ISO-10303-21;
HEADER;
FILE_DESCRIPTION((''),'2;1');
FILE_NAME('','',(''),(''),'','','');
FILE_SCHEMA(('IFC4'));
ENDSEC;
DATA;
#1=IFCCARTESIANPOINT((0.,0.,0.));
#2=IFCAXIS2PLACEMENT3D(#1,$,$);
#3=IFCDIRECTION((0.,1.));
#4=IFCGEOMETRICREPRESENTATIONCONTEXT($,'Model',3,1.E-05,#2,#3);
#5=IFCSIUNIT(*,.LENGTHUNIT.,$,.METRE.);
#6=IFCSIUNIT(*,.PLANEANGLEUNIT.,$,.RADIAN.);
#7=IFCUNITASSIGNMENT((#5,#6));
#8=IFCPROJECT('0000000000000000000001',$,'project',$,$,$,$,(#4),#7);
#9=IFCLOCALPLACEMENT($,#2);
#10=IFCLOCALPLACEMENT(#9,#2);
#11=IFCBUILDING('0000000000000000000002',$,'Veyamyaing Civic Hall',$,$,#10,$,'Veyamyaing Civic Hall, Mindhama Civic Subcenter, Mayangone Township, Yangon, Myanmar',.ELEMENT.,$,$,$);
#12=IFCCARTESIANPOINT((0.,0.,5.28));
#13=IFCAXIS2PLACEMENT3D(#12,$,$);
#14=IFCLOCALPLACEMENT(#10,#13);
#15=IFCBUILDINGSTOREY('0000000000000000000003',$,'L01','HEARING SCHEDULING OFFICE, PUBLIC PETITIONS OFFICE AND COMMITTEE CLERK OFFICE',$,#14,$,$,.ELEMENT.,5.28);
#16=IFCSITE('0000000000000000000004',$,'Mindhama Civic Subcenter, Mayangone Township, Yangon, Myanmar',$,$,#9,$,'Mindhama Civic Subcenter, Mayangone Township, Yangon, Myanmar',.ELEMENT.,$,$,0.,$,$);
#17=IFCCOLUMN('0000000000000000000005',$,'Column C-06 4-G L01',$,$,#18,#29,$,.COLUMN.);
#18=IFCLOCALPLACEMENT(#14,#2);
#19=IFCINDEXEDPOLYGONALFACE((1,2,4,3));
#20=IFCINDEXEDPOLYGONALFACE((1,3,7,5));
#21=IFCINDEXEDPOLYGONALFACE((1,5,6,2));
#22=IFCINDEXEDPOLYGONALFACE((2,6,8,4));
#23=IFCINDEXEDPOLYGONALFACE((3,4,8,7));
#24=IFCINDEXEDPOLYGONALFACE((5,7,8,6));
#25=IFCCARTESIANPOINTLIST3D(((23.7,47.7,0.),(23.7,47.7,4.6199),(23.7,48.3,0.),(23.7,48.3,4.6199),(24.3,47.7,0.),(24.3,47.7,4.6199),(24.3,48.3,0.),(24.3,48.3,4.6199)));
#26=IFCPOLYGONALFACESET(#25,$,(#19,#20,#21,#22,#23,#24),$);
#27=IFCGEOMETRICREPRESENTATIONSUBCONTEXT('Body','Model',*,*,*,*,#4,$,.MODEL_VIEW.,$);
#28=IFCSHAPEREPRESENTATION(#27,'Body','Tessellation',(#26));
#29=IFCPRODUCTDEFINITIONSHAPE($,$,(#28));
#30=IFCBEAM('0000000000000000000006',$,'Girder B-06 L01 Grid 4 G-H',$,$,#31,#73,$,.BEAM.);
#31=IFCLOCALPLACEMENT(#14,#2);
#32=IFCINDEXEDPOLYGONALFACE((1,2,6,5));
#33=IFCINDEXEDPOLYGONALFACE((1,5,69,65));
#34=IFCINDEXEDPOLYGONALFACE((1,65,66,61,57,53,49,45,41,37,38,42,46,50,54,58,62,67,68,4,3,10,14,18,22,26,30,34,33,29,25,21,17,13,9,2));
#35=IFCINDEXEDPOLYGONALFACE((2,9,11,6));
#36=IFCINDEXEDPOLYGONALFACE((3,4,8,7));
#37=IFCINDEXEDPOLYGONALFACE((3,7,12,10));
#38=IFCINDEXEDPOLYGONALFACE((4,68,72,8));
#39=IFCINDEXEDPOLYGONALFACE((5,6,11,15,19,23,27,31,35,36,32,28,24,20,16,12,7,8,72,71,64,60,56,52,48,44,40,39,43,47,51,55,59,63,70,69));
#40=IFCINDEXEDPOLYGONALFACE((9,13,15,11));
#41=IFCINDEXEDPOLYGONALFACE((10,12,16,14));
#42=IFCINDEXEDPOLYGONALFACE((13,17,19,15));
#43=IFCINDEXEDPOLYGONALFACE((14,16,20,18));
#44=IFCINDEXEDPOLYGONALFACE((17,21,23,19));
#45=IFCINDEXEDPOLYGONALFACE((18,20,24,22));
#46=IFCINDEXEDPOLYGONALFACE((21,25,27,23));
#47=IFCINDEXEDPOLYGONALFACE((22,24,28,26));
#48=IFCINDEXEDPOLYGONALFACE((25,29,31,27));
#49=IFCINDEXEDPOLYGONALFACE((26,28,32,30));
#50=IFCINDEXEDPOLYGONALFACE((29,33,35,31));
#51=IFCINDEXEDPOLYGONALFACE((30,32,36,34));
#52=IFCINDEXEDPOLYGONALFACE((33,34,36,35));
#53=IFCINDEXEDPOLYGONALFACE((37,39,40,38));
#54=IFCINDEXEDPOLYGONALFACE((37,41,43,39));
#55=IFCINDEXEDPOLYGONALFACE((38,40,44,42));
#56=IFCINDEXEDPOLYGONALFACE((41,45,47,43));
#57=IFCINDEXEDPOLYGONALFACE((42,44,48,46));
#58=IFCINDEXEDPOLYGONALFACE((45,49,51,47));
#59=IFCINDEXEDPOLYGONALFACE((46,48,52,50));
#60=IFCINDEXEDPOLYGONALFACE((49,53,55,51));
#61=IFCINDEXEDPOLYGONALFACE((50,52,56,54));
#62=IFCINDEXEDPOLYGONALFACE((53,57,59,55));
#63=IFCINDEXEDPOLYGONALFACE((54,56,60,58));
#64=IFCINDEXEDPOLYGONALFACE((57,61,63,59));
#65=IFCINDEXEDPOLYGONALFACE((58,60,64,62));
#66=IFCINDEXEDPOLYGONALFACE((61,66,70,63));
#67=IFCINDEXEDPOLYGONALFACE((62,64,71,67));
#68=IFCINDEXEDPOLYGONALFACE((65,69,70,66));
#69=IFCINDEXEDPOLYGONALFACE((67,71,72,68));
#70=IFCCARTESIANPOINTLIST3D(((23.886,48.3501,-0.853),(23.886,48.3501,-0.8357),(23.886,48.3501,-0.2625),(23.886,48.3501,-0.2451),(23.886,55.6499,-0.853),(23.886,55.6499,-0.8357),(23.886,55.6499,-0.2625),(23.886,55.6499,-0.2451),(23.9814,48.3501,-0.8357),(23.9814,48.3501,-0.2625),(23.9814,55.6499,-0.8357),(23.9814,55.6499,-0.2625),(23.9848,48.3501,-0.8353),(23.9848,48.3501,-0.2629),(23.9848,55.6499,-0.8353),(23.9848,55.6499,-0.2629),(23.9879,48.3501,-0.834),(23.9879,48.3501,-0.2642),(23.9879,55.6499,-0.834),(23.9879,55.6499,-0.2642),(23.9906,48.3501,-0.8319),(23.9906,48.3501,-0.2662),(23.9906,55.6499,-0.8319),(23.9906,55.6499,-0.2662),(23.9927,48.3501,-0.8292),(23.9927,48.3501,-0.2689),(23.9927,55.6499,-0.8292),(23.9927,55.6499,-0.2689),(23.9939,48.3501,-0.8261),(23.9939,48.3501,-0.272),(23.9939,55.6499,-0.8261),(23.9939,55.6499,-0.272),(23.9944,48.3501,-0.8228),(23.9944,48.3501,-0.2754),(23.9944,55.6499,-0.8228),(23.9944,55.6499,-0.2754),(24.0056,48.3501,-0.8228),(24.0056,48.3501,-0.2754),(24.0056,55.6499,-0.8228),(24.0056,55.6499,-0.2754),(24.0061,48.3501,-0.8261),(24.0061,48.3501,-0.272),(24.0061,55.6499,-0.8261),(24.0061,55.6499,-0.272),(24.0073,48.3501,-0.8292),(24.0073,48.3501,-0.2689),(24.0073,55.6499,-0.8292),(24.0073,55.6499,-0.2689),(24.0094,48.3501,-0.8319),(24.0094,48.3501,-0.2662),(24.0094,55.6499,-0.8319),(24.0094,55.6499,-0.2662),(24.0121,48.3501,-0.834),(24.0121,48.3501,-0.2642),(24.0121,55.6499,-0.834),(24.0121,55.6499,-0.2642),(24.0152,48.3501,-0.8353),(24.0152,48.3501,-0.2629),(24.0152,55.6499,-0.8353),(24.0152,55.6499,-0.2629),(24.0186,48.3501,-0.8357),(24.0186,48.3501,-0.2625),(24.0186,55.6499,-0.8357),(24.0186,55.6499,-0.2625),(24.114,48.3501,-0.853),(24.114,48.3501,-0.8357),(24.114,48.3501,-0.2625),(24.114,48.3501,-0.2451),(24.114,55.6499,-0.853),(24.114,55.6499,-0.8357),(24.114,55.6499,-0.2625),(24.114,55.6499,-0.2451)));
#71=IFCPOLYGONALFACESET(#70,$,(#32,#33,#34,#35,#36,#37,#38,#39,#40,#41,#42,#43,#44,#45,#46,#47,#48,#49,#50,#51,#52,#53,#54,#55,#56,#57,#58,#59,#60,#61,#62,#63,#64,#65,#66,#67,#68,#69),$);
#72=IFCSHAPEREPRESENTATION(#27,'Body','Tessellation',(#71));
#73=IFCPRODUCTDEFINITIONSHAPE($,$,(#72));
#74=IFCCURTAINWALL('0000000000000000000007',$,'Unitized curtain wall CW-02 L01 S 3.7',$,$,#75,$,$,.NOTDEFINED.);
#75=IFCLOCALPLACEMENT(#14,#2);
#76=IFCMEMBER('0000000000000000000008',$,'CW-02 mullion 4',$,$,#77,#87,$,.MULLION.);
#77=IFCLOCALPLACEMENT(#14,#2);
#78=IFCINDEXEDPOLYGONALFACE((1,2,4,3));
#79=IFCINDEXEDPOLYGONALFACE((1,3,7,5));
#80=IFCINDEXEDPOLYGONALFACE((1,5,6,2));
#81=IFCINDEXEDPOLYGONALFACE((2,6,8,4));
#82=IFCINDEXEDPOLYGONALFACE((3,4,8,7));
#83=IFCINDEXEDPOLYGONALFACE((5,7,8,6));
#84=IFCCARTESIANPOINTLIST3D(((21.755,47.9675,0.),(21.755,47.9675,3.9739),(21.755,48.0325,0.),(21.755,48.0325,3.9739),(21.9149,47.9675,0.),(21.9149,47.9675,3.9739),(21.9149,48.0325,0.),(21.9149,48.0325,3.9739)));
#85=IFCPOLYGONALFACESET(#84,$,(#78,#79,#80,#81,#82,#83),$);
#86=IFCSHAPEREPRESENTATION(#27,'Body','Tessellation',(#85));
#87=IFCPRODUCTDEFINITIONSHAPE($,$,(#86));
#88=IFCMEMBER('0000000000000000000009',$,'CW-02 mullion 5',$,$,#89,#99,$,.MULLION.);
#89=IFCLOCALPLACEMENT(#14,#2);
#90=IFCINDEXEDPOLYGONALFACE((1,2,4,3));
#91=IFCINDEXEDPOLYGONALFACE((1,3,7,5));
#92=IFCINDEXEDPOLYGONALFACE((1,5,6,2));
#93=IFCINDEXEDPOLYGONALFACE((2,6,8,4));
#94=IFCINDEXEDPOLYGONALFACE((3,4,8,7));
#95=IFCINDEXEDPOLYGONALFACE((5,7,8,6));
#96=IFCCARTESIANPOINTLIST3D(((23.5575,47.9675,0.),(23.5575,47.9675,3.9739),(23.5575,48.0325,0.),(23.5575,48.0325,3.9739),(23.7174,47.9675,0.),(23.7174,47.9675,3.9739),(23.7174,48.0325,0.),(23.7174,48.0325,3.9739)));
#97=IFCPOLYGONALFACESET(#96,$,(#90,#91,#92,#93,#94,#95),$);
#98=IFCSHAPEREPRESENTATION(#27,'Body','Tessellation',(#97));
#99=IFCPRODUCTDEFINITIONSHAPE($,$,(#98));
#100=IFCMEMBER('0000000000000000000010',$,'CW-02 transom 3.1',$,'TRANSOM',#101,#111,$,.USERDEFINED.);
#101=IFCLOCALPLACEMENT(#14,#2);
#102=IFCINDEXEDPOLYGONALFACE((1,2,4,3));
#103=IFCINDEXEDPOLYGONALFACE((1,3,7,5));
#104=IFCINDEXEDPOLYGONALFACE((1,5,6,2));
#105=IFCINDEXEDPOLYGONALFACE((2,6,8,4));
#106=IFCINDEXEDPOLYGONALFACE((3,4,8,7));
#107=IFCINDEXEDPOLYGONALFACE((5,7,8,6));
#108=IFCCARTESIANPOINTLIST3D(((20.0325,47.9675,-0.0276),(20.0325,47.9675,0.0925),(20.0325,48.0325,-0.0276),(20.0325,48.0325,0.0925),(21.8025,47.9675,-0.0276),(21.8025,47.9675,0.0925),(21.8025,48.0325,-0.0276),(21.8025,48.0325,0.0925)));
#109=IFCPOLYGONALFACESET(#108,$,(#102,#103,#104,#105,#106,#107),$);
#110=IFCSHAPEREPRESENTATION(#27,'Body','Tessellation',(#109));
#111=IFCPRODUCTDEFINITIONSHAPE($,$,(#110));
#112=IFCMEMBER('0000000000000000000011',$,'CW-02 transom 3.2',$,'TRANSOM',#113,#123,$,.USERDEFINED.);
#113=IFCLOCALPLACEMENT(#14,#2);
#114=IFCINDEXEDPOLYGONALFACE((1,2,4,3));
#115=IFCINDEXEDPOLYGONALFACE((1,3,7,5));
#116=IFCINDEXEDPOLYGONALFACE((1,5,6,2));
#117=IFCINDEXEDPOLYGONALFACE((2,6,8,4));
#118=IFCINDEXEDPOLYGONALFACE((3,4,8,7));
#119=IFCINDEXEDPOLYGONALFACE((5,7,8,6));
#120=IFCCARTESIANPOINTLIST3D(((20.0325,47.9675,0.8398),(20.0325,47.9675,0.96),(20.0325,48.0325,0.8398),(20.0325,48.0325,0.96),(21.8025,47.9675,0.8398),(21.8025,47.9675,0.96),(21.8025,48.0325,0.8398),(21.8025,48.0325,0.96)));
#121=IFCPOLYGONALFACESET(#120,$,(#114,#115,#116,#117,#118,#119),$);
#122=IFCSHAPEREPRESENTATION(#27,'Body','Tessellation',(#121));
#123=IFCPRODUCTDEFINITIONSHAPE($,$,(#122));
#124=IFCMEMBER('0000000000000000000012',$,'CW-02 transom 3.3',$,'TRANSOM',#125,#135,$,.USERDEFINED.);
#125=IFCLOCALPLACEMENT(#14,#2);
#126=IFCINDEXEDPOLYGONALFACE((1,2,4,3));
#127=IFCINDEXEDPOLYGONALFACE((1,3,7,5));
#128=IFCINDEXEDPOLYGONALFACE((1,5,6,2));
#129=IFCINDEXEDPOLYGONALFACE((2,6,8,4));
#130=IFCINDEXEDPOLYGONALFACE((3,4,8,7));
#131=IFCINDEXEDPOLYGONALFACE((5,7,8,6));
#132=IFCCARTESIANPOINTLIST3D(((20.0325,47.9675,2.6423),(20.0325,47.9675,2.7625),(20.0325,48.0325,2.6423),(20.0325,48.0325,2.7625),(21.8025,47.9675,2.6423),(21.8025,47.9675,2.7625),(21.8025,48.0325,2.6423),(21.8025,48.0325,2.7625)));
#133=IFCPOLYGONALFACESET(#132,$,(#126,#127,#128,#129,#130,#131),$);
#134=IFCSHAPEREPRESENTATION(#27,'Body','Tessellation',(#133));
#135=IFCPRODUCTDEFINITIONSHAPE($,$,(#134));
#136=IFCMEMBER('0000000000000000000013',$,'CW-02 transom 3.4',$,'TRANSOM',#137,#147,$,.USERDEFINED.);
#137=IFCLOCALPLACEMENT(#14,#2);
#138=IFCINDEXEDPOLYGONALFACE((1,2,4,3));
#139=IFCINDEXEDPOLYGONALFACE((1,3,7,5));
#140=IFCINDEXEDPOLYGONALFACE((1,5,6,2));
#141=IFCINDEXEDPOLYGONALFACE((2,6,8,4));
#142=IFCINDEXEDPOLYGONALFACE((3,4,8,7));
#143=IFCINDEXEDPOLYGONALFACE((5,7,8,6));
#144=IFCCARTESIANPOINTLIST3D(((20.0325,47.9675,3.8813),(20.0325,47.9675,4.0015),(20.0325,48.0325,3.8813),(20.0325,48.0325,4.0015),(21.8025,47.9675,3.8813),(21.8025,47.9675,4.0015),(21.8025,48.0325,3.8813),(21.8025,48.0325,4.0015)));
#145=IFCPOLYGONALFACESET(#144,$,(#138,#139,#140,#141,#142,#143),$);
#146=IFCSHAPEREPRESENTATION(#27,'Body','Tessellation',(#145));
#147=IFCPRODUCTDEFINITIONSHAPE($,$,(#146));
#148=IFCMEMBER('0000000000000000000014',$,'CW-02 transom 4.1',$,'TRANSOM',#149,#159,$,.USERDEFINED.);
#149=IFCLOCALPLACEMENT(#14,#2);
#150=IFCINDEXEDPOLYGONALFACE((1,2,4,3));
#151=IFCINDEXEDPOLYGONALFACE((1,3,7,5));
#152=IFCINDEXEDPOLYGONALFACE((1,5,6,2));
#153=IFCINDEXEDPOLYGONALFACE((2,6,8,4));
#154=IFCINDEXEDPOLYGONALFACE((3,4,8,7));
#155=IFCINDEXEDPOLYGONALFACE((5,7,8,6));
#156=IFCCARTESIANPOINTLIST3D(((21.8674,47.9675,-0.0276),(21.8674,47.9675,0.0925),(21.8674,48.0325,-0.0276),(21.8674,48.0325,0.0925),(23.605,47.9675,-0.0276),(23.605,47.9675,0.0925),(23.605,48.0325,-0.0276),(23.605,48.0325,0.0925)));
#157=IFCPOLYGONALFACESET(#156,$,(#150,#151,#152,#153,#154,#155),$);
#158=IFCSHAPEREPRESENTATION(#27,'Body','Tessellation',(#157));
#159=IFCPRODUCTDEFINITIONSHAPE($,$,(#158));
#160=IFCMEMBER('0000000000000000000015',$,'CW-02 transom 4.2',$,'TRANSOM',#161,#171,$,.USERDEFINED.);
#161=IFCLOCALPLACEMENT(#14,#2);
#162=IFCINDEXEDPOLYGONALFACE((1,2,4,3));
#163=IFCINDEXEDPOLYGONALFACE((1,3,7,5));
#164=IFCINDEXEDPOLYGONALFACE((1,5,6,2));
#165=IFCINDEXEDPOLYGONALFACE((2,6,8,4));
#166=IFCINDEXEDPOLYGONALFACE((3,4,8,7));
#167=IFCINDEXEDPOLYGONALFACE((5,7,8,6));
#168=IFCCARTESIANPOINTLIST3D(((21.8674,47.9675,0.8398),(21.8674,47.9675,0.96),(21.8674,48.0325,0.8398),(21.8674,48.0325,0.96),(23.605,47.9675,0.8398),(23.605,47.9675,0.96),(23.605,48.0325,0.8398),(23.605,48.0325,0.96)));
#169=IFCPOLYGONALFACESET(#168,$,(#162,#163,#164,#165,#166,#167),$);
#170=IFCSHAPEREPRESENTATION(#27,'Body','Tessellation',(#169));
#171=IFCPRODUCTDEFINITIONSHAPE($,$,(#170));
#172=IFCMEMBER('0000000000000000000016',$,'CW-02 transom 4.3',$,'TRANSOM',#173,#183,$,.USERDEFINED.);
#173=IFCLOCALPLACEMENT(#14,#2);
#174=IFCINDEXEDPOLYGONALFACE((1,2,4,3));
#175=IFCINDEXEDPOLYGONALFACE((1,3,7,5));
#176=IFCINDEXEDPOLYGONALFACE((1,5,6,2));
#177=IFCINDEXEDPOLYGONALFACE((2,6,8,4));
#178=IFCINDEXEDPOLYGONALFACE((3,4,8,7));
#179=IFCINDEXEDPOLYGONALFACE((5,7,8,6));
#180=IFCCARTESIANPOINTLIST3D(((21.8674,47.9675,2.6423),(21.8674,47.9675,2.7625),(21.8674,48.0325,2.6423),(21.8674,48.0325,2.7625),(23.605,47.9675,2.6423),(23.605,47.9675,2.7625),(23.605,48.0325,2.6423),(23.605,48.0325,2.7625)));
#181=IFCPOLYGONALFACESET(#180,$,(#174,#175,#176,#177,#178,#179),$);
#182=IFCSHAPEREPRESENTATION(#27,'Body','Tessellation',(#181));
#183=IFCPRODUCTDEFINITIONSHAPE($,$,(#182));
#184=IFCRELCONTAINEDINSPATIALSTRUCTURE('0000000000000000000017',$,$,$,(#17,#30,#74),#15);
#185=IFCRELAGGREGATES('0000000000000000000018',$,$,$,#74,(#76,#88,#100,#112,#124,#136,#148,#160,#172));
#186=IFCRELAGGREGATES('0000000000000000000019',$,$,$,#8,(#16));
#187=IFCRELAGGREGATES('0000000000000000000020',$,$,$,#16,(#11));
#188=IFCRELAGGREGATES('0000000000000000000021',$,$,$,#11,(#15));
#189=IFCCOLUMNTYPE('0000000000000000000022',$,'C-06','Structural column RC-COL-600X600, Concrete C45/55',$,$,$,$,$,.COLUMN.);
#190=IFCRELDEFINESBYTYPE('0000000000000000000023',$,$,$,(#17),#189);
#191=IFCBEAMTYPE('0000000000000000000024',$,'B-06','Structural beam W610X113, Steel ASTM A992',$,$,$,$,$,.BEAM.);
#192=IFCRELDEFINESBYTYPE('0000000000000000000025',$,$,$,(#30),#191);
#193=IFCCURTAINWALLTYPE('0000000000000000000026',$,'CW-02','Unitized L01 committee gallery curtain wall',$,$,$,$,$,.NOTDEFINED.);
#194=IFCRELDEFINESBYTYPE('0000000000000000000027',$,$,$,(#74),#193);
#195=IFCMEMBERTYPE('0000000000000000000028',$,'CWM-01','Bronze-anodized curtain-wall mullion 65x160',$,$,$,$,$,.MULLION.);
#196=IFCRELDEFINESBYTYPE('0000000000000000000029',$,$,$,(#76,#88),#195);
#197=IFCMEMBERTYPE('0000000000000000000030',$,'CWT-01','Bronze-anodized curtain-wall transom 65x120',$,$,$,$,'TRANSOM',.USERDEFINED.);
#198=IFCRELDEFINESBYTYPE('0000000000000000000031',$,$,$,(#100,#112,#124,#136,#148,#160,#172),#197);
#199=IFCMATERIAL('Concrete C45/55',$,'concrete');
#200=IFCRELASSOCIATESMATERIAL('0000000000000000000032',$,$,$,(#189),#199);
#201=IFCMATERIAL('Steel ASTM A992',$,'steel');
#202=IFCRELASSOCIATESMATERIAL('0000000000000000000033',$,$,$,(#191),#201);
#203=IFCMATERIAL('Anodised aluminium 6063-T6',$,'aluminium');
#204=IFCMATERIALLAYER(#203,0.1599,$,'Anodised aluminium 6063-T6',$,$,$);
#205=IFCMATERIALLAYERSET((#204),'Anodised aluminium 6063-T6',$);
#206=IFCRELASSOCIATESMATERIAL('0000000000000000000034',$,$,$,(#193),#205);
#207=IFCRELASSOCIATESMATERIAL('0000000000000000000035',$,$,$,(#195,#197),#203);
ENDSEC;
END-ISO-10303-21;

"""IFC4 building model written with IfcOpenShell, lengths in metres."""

from ifc_helpers import new_model, si_unit, direction, frame, origin, origin_2d, place, context, subcontext, project, spatial, rectangle, i_section, extrude, material, layer, layer_set, material_profile, profile_set, type_object, element, aggregate, save


model = new_model("IFC4")

# Units and contexts
model_context = context("Model", 3, precision=1e-05, world=origin(), true_north=direction((0.0, 1.0)))
body_context = subcontext(model_context, "Body", "Model", "MODEL_VIEW")
ifc_project = project(units=[si_unit("LENGTHUNIT", "METRE"), si_unit("PLANEANGLEUNIT", "RADIAN")], contexts=[model_context])

# Site, building, storey
site_placement = place(None, origin())
site = spatial("IfcSite", under=ifc_project, at=site_placement, Name="Mindhama Civic Subcenter, Mayangone Township, Yangon, Myanmar", LongName="Mindhama Civic Subcenter, Mayangone Township, Yangon, Myanmar", CompositionType="ELEMENT", RefElevation=0.0)
building_placement = place(site_placement, origin())
building = spatial("IfcBuilding", under=site, at=building_placement, Name="Veyamyaing Civic Hall", LongName="Veyamyaing Civic Hall, Mindhama Civic Subcenter, Mayangone Township, Yangon, Myanmar", CompositionType="ELEMENT")
storey_placement = place(building_placement, frame((0.0, 0.0, 5.28)))
storey = spatial("IfcBuildingStorey", under=building, at=storey_placement, Name="L01", Description="HEARING SCHEDULING OFFICE, PUBLIC PETITIONS OFFICE AND COMMITTEE CLERK OFFICE", CompositionType="ELEMENT", Elevation=5.28)

# Column
ifc_material_1 = material(Name="Concrete C45/55", Category="concrete")
ifc_material_profile_1 = material_profile(ifc_material_1, rectangle(XDim=0.6001, YDim=0.6001, at=origin_2d()), Name="RC-COL-600X600")
ifc_profile_set_1 = profile_set([ifc_material_profile_1], Name="Concrete C45/55")
column_type = type_object("IfcColumnType", Name="C-06", Description="Structural column RC-COL-600X600, Concrete C45/55", PredefinedType="COLUMN", material=ifc_profile_set_1)
column_placement = place(storey_placement, frame((24.0, 48.0, 0.0), z_axis=(0.0, 0.0, 1.0), x_axis=(1.0, 0.0, 0.0)))
element("IfcColumn", 1, at=column_placement, inside=storey, type_object=column_type, Name="Column C-06 4-G L01", PredefinedType="COLUMN", context=body_context, shape_type="SweptSolid", body=[
    extrude(rectangle(XDim=0.6001, YDim=0.6001, at=origin_2d()), origin(), (0.0, 0.0, 1.0), 4.6199),
])

# Beam
ifc_material_2 = material(Name="Steel ASTM A992", Category="steel")
ifc_material_profile_2 = material_profile(ifc_material_2, i_section(OverallWidth=0.228, OverallDepth=0.6079, WebThickness=0.0112, FlangeThickness=0.0173, FilletRadius=0.0129, at=origin_2d()), Name="W610X113")
ifc_profile_set_2 = profile_set([ifc_material_profile_2], Name="Steel ASTM A992")
beam_type = type_object("IfcBeamType", Name="B-06", Description="Structural beam W610X113, Steel ASTM A992", PredefinedType="BEAM", material=ifc_profile_set_2)
beam_placement = place(storey_placement, frame((24.0, 48.3501, -0.5491), z_axis=(0.0, 1.0, 0.0), x_axis=(-1.0, 0.0, 0.0)))
element("IfcBeam", 2, at=beam_placement, inside=storey, type_object=beam_type, Name="Girder B-06 L01 Grid 4 G-H", PredefinedType="BEAM", context=body_context, shape_type="SweptSolid", body=[
    extrude(i_section(OverallWidth=0.228, OverallDepth=0.6079, WebThickness=0.0112, FlangeThickness=0.0173, FilletRadius=0.0129, at=origin_2d()), origin(), (0.0, 0.0, 1.0), 7.2998),
])

# Curtain wall, members
ifc_material_3 = material(Name="Anodised aluminium 6063-T6", Category="aluminium")
ifc_layer_1 = layer(ifc_material_3, 0.1599, Name="Anodised aluminium 6063-T6")
ifc_layer_set_1 = layer_set([ifc_layer_1], Name="Anodised aluminium 6063-T6")
curtain_wall_type = type_object("IfcCurtainWallType", Name="CW-02", Description="Unitized L01 committee gallery curtain wall", PredefinedType="NOTDEFINED", material=ifc_layer_set_1)
curtain_wall_placement = place(storey_placement, origin())
curtain_wall = element("IfcCurtainWall", 3, at=curtain_wall_placement, inside=storey, type_object=curtain_wall_type, Name="Unitized curtain wall CW-02 L01 S 3.7", PredefinedType="NOTDEFINED")
ifc_material_profile_3 = material_profile(ifc_material_3, rectangle(XDim=0.0649, YDim=0.1599, at=origin_2d()), Name="ALU-MUL-65X160")
ifc_profile_set_3 = profile_set([ifc_material_profile_3], Name="Anodised aluminium 6063-T6")
member_type_1 = type_object("IfcMemberType", Name="CWM-01", Description="Bronze-anodized curtain-wall mullion 65x160", PredefinedType="MULLION", material=ifc_profile_set_3)
member_1_placement = place(storey_placement, frame((21.835, 48.0, 0.0), z_axis=(0.0, 0.0, 1.0), x_axis=(0.0, 1.0, 0.0)))
member_1 = element("IfcMember", 4, at=member_1_placement, type_object=member_type_1, Name="CW-02 mullion 4", PredefinedType="MULLION", context=body_context, shape_type="SweptSolid", body=[
    extrude(rectangle(XDim=0.0649, YDim=0.1599, at=origin_2d()), origin(), (0.0, 0.0, 1.0), 3.9739),
])
member_2_placement = place(storey_placement, frame((23.6375, 48.0, 0.0), z_axis=(0.0, 0.0, 1.0), x_axis=(0.0, 1.0, 0.0)))
member_2 = element("IfcMember", 5, at=member_2_placement, type_object=member_type_1, Name="CW-02 mullion 5", PredefinedType="MULLION", context=body_context, shape_type="SweptSolid", body=[
    extrude(rectangle(XDim=0.0649, YDim=0.1599, at=origin_2d()), origin(), (0.0, 0.0, 1.0), 3.9739),
])
ifc_material_profile_4 = material_profile(ifc_material_3, rectangle(XDim=0.0649, YDim=0.1201, at=origin_2d()), Name="ALU-TRN-65X120")
ifc_profile_set_4 = profile_set([ifc_material_profile_4], Name="Anodised aluminium 6063-T6")
member_type_2 = type_object("IfcMemberType", Name="CWT-01", Description="Bronze-anodized curtain-wall transom 65x120", ElementType="TRANSOM", PredefinedType="USERDEFINED", material=ifc_profile_set_4)
member_3_placement = place(storey_placement, frame((20.0325, 48.0, 0.0325), z_axis=(1.0, 0.0, 0.0), x_axis=(0.0, 1.0, 0.0)))
member_3 = element("IfcMember", 6, at=member_3_placement, type_object=member_type_2, Name="CW-02 transom 3.1", ObjectType="TRANSOM", PredefinedType="USERDEFINED", context=body_context, shape_type="SweptSolid", body=[
    extrude(rectangle(XDim=0.0649, YDim=0.1201, at=origin_2d()), origin(), (0.0, 0.0, 1.0), 1.77),
])
member_4_placement = place(storey_placement, frame((20.0325, 48.0, 0.8999), z_axis=(1.0, 0.0, 0.0), x_axis=(0.0, 1.0, 0.0)))
member_4 = element("IfcMember", 7, at=member_4_placement, type_object=member_type_2, Name="CW-02 transom 3.2", ObjectType="TRANSOM", PredefinedType="USERDEFINED", context=body_context, shape_type="SweptSolid", body=[
    extrude(rectangle(XDim=0.0649, YDim=0.1201, at=origin_2d()), origin(), (0.0, 0.0, 1.0), 1.77),
])
member_5_placement = place(storey_placement, frame((20.0325, 48.0, 2.7024), z_axis=(1.0, 0.0, 0.0), x_axis=(0.0, 1.0, 0.0)))
member_5 = element("IfcMember", 8, at=member_5_placement, type_object=member_type_2, Name="CW-02 transom 3.3", ObjectType="TRANSOM", PredefinedType="USERDEFINED", context=body_context, shape_type="SweptSolid", body=[
    extrude(rectangle(XDim=0.0649, YDim=0.1201, at=origin_2d()), origin(), (0.0, 0.0, 1.0), 1.77),
])
member_6_placement = place(storey_placement, frame((20.0325, 48.0, 3.9414), z_axis=(1.0, 0.0, 0.0), x_axis=(0.0, 1.0, 0.0)))
member_6 = element("IfcMember", 9, at=member_6_placement, type_object=member_type_2, Name="CW-02 transom 3.4", ObjectType="TRANSOM", PredefinedType="USERDEFINED", context=body_context, shape_type="SweptSolid", body=[
    extrude(rectangle(XDim=0.0649, YDim=0.1201, at=origin_2d()), origin(), (0.0, 0.0, 1.0), 1.77),
])
member_7_placement = place(storey_placement, frame((21.8674, 48.0, 0.0325), z_axis=(1.0, 0.0, 0.0), x_axis=(0.0, 1.0, 0.0)))
member_7 = element("IfcMember", 10, at=member_7_placement, type_object=member_type_2, Name="CW-02 transom 4.1", ObjectType="TRANSOM", PredefinedType="USERDEFINED", context=body_context, shape_type="SweptSolid", body=[
    extrude(rectangle(XDim=0.0649, YDim=0.1201, at=origin_2d()), origin(), (0.0, 0.0, 1.0), 1.7375),
])
member_8_placement = place(storey_placement, frame((21.8674, 48.0, 0.8999), z_axis=(1.0, 0.0, 0.0), x_axis=(0.0, 1.0, 0.0)))
member_8 = element("IfcMember", 11, at=member_8_placement, type_object=member_type_2, Name="CW-02 transom 4.2", ObjectType="TRANSOM", PredefinedType="USERDEFINED", context=body_context, shape_type="SweptSolid", body=[
    extrude(rectangle(XDim=0.0649, YDim=0.1201, at=origin_2d()), origin(), (0.0, 0.0, 1.0), 1.7375),
])
member_9_placement = place(storey_placement, frame((21.8674, 48.0, 2.7024), z_axis=(1.0, 0.0, 0.0), x_axis=(0.0, 1.0, 0.0)))
member_9 = element("IfcMember", 12, at=member_9_placement, type_object=member_type_2, Name="CW-02 transom 4.3", ObjectType="TRANSOM", PredefinedType="USERDEFINED", context=body_context, shape_type="SweptSolid", body=[
    extrude(rectangle(XDim=0.0649, YDim=0.1201, at=origin_2d()), origin(), (0.0, 0.0, 1.0), 1.7375),
])
aggregate(curtain_wall, [member_1, member_2, member_3, member_4, member_5, member_6, member_7, member_8, member_9])

save(model, "model.ifc")
